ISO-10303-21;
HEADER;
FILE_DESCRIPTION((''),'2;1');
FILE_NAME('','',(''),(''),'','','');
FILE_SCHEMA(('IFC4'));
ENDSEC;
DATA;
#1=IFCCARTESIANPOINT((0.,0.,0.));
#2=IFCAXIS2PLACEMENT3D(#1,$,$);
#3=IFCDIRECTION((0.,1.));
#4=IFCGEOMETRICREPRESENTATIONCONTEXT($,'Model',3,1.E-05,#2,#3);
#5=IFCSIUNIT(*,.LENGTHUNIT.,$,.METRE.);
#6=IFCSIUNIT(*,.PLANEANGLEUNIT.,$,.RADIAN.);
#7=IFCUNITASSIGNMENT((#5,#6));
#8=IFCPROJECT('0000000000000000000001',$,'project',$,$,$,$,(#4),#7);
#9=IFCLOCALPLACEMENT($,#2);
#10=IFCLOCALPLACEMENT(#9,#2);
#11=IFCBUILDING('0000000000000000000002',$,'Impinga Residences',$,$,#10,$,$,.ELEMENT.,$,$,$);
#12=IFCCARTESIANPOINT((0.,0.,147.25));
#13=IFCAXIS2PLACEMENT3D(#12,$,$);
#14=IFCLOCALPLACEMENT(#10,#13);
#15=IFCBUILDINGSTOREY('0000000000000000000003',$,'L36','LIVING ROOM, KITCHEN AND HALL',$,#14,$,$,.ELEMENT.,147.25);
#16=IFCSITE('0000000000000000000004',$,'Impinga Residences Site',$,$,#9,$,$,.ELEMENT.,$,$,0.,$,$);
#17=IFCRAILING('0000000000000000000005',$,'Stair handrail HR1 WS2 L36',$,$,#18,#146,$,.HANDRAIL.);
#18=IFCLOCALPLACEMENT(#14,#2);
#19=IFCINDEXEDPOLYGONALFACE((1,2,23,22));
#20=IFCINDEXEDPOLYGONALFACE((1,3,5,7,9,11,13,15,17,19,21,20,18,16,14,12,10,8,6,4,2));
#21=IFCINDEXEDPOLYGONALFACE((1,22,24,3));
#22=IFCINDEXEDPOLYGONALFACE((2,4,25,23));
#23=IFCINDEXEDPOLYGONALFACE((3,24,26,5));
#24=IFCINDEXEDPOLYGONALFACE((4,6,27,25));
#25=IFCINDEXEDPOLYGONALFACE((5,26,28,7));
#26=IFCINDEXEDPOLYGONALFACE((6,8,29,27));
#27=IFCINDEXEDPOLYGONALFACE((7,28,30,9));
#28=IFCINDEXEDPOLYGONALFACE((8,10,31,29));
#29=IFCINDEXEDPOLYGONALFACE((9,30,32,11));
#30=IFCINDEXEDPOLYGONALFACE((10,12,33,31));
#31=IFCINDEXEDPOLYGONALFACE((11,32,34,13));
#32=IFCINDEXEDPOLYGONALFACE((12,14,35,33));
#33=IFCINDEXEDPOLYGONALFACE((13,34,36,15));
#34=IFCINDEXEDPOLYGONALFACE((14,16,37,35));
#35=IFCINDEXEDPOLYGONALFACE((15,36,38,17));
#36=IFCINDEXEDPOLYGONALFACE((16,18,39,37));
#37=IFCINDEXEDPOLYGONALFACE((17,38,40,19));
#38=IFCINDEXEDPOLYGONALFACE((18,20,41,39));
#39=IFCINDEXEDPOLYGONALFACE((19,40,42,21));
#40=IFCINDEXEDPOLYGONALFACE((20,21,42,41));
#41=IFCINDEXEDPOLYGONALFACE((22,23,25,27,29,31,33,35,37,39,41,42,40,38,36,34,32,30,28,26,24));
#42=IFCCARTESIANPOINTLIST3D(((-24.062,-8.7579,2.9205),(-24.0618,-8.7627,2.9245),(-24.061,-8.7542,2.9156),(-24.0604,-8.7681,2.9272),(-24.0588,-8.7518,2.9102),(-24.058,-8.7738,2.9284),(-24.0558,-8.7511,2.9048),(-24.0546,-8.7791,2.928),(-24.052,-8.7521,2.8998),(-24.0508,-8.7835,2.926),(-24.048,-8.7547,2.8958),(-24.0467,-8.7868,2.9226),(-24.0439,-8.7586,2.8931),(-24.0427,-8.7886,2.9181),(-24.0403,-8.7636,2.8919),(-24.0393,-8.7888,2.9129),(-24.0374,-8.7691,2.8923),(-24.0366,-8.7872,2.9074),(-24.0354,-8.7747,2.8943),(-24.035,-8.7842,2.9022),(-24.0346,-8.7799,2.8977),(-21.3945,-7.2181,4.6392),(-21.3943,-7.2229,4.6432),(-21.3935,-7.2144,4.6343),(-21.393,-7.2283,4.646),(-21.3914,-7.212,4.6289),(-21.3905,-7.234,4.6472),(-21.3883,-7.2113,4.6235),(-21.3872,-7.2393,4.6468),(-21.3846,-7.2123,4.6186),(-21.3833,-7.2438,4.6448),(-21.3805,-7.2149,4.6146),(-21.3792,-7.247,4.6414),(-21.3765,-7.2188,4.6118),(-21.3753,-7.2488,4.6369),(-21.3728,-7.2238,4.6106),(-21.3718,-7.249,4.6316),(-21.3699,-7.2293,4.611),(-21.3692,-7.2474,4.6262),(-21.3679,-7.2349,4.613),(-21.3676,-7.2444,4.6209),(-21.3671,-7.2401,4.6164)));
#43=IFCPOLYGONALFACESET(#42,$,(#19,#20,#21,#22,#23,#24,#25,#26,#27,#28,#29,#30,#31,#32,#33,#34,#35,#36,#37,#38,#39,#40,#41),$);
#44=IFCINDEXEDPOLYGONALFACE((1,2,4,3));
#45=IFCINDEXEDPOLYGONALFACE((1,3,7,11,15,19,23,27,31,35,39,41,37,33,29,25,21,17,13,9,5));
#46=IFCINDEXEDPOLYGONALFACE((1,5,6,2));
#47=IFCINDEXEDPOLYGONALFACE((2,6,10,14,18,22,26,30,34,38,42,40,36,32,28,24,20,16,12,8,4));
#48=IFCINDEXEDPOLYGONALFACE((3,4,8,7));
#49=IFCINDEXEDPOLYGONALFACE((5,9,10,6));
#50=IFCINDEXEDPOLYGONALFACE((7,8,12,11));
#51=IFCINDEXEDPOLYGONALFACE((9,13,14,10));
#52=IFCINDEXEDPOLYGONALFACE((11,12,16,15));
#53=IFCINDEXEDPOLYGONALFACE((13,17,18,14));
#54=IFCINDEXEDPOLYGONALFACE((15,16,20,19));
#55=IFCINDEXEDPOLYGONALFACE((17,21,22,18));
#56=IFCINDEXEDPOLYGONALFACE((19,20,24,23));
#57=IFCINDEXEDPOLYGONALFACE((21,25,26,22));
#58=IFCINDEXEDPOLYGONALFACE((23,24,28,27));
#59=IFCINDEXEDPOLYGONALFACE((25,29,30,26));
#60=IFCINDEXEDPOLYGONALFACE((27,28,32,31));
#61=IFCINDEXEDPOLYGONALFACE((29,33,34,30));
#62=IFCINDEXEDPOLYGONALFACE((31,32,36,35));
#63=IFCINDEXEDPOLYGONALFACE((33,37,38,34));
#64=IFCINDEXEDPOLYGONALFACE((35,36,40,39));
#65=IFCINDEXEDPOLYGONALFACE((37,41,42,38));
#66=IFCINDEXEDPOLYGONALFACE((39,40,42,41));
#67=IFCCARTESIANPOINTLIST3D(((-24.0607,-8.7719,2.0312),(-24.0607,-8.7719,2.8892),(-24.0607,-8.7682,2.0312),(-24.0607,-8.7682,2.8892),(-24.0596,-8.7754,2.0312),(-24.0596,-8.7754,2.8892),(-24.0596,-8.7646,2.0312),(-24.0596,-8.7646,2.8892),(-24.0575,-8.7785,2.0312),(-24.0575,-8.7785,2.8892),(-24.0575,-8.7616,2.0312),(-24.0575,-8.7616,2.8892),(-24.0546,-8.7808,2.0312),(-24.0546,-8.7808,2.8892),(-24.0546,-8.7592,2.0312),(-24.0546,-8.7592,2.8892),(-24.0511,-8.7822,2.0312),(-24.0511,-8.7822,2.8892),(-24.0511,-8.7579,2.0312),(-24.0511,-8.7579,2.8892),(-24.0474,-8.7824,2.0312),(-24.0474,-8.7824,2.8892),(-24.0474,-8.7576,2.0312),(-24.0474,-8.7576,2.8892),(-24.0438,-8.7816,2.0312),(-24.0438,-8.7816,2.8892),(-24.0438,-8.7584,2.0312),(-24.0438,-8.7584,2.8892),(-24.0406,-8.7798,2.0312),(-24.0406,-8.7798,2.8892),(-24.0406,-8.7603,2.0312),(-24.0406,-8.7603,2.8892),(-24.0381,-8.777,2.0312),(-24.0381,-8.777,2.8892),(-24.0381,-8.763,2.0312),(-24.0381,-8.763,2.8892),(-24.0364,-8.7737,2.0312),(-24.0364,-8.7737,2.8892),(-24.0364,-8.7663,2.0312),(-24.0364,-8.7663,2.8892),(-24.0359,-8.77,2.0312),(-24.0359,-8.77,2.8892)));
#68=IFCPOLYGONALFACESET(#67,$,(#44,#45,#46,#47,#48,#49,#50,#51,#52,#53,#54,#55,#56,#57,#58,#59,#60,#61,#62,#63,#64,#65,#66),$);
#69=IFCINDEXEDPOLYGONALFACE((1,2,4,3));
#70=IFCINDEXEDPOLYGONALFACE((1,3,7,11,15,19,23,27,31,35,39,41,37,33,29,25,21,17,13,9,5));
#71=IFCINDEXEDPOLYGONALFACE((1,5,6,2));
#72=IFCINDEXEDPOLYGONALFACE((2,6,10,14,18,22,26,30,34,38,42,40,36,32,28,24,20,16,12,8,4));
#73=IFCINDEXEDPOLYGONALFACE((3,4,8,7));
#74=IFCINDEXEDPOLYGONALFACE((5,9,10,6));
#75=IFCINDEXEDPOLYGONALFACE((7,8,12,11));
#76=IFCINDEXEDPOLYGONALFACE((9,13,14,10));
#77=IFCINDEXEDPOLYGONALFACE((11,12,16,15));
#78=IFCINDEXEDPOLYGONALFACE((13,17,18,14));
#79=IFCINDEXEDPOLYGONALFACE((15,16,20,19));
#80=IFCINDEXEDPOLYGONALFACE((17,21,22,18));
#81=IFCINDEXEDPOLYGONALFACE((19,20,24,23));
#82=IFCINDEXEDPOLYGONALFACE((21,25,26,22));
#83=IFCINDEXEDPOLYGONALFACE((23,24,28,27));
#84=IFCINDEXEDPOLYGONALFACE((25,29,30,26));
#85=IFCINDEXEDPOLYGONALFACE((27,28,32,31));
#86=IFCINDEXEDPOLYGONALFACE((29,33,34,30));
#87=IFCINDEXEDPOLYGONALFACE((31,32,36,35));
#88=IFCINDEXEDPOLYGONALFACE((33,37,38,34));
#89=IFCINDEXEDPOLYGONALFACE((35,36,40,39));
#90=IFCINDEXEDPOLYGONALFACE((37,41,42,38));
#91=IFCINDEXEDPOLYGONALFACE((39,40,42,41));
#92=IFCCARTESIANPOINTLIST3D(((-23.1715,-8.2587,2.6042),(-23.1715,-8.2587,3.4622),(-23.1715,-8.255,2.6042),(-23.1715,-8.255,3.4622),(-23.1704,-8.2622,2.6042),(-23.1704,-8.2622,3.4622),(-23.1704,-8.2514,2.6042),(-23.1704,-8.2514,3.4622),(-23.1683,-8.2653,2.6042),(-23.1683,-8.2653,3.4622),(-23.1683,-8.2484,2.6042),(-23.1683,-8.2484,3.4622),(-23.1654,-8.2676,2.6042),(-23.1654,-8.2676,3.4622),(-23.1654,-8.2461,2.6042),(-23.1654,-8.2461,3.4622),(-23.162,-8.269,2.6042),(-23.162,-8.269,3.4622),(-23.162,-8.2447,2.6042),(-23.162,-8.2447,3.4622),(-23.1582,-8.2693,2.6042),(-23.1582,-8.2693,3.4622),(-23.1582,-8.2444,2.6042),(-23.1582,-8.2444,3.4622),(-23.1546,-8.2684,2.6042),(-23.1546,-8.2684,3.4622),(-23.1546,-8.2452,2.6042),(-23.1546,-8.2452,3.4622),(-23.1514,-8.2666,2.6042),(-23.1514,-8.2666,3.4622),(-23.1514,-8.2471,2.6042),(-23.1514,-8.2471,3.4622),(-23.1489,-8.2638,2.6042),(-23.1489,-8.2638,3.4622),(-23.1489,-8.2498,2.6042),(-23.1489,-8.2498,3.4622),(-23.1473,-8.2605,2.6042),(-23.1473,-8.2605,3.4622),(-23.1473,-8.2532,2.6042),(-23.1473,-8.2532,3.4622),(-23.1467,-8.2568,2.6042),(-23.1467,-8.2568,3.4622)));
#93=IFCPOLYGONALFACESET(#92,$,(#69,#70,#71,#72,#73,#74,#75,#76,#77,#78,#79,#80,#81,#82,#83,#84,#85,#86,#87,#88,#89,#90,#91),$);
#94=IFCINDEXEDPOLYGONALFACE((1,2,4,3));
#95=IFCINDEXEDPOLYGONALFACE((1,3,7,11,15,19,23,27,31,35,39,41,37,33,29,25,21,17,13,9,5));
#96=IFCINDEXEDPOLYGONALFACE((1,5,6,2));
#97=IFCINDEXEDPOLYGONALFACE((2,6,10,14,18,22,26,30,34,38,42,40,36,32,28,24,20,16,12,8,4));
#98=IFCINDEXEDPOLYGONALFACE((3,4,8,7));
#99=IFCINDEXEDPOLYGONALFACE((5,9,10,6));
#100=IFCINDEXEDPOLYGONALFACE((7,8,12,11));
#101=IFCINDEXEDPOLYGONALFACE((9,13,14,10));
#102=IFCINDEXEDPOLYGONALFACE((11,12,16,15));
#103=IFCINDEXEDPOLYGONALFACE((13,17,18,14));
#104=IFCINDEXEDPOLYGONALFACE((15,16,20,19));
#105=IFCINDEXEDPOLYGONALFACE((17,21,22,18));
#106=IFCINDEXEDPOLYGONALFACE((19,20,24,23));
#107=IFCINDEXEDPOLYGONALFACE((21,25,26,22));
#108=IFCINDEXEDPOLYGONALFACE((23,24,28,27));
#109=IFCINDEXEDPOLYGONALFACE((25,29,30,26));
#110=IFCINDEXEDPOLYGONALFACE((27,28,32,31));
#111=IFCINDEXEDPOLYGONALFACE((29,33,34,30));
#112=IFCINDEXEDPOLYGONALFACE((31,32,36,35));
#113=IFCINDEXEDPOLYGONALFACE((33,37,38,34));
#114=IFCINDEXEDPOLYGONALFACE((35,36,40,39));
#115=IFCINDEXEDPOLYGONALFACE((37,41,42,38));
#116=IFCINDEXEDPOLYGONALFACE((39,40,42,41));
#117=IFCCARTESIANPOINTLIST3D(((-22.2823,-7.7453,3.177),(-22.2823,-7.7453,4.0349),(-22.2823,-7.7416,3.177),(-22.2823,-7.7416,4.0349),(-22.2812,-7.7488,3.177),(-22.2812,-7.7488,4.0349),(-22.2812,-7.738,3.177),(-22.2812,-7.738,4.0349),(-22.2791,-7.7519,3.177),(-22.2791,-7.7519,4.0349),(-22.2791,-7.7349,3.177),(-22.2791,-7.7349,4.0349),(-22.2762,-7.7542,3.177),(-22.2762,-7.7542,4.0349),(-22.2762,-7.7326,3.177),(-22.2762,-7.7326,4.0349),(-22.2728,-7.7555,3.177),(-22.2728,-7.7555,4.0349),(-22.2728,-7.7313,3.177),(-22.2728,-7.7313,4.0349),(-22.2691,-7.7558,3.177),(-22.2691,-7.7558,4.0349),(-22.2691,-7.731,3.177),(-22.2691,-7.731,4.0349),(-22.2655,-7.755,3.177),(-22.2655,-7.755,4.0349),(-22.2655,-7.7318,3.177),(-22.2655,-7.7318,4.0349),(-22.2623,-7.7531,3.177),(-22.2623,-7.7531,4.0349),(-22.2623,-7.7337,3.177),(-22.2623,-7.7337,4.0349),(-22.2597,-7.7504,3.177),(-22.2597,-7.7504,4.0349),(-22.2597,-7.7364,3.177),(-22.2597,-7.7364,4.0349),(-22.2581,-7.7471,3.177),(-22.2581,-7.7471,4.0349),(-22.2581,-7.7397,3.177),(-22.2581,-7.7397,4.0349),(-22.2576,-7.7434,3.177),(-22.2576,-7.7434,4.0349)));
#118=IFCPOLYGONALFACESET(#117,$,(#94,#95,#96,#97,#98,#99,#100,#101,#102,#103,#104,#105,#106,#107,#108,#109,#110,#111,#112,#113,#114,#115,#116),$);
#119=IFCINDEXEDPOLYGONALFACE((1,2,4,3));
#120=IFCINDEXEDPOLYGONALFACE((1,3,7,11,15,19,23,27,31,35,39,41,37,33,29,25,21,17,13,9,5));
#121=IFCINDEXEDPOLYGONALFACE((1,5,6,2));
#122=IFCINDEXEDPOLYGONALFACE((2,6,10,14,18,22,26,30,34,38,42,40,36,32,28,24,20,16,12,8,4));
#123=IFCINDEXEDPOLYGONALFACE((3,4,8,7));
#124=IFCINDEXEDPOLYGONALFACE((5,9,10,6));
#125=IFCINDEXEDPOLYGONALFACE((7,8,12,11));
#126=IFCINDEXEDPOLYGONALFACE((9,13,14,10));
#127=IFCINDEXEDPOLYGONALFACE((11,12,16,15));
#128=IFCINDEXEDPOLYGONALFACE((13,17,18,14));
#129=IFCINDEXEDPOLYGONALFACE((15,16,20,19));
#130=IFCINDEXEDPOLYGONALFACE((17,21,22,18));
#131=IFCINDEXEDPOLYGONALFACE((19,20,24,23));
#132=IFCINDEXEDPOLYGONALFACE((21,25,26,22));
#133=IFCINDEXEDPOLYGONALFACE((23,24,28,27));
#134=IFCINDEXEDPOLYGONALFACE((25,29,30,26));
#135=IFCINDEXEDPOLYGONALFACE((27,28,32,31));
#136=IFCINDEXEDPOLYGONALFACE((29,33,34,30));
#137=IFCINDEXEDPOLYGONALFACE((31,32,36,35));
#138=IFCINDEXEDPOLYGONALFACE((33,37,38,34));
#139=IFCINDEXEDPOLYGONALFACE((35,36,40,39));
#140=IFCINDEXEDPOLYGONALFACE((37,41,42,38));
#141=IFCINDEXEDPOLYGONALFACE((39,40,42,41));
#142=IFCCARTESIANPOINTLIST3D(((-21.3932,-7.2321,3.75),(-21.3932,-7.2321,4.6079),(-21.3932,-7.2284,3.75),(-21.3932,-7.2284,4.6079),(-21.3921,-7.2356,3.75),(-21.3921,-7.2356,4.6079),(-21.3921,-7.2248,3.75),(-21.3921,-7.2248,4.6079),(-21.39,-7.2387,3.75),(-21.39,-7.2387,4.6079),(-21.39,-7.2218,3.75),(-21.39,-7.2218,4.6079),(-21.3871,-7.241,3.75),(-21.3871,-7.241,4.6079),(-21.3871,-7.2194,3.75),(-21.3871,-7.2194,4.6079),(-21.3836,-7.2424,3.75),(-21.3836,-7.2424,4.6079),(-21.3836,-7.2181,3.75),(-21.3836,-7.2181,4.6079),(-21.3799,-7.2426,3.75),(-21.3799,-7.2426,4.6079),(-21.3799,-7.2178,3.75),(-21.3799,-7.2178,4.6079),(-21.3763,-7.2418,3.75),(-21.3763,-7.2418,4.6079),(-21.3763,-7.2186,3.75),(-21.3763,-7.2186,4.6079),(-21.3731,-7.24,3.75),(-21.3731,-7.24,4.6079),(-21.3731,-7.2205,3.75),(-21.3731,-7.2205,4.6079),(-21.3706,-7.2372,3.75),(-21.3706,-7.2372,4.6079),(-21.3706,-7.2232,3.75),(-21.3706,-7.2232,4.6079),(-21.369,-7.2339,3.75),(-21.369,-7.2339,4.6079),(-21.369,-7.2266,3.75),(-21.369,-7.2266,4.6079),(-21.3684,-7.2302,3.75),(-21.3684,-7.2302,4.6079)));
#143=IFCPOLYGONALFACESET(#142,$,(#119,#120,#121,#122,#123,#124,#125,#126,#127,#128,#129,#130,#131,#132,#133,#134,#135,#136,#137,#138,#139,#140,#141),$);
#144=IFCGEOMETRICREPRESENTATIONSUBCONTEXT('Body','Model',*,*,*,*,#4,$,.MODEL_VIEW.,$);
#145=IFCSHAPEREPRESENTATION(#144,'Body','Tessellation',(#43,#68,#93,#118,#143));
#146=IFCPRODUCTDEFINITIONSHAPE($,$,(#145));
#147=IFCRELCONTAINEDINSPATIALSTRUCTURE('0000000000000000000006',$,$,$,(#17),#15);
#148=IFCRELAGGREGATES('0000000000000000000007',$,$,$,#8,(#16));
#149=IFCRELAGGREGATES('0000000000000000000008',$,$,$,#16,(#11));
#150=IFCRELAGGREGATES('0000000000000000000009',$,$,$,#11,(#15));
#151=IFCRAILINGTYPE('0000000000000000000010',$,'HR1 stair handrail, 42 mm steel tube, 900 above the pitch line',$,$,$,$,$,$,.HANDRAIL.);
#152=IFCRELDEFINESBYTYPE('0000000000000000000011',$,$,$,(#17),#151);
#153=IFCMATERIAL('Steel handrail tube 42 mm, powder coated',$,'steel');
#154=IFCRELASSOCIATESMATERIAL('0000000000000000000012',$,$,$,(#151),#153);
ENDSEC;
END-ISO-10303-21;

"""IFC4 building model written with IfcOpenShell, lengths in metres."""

from ifc_helpers import new_model, si_unit, direction, frame, origin, origin_2d, place, context, subcontext, project, spatial, circle, extrude, material, type_object, element, save


model = new_model("IFC4")

# Units and contexts
model_context = context("Model", 3, precision=1e-05, world=origin(), true_north=direction((0.0, 1.0)))
body_context = subcontext(model_context, "Body", "Model", "MODEL_VIEW")
ifc_project = project(units=[si_unit("LENGTHUNIT", "METRE"), si_unit("PLANEANGLEUNIT", "RADIAN")], contexts=[model_context])

# Site, building, storey
site_placement = place(None, origin())
site = spatial("IfcSite", under=ifc_project, at=site_placement, Name="Impinga Residences Site", CompositionType="ELEMENT", RefElevation=0.0)
building_placement = place(site_placement, origin())
building = spatial("IfcBuilding", under=site, at=building_placement, Name="Impinga Residences", CompositionType="ELEMENT")
storey_placement = place(building_placement, frame((0.0, 0.0, 147.25)))
storey = spatial("IfcBuildingStorey", under=building, at=storey_placement, Name="L36", Description="LIVING ROOM, KITCHEN AND HALL", CompositionType="ELEMENT", Elevation=147.25)

# Railing
ifc_material_1 = material(Name="Steel handrail tube 42 mm, powder coated", Category="steel")
railing_type_1 = type_object("IfcRailingType", Name="HR1 stair handrail, 42 mm steel tube, 900 above the pitch line", PredefinedType="HANDRAIL", material=ifc_material_1)
railing_1_placement = place(storey_placement, frame((-24.0483, -8.77, 2.0312)))
element("IfcRailing", 1, at=railing_1_placement, inside=storey, type_object=railing_type_1, Name="Stair handrail HR1 WS2 L36", PredefinedType="HANDRAIL", context=body_context, shape_type="SweptSolid", body=[
    extrude(circle(Radius=0.021, at=origin_2d()), frame((0.0, 0.0, 0.8789), z_axis=(0.756279, 0.43656, 0.487297), x_axis=(-0.499933, 0.866064, 0.0)), (0.0, 0.0, 1.0), 3.5271),
    extrude(circle(Radius=0.0125, at=origin_2d()), origin(), (0.0, 0.0, 1.0), 0.8579),
    extrude(circle(Radius=0.0125, at=origin_2d()), frame((0.8892, 0.5132, 0.573)), (0.0, 0.0, 1.0), 0.8579),
    extrude(circle(Radius=0.0125, at=origin_2d()), frame((1.7783, 1.0266, 1.1458)), (0.0, 0.0, 1.0), 0.8579),
    extrude(circle(Radius=0.0125, at=origin_2d()), frame((2.6675, 1.5398, 1.7188)), (0.0, 0.0, 1.0), 0.8579),
])

save(model, "model.ifc")
